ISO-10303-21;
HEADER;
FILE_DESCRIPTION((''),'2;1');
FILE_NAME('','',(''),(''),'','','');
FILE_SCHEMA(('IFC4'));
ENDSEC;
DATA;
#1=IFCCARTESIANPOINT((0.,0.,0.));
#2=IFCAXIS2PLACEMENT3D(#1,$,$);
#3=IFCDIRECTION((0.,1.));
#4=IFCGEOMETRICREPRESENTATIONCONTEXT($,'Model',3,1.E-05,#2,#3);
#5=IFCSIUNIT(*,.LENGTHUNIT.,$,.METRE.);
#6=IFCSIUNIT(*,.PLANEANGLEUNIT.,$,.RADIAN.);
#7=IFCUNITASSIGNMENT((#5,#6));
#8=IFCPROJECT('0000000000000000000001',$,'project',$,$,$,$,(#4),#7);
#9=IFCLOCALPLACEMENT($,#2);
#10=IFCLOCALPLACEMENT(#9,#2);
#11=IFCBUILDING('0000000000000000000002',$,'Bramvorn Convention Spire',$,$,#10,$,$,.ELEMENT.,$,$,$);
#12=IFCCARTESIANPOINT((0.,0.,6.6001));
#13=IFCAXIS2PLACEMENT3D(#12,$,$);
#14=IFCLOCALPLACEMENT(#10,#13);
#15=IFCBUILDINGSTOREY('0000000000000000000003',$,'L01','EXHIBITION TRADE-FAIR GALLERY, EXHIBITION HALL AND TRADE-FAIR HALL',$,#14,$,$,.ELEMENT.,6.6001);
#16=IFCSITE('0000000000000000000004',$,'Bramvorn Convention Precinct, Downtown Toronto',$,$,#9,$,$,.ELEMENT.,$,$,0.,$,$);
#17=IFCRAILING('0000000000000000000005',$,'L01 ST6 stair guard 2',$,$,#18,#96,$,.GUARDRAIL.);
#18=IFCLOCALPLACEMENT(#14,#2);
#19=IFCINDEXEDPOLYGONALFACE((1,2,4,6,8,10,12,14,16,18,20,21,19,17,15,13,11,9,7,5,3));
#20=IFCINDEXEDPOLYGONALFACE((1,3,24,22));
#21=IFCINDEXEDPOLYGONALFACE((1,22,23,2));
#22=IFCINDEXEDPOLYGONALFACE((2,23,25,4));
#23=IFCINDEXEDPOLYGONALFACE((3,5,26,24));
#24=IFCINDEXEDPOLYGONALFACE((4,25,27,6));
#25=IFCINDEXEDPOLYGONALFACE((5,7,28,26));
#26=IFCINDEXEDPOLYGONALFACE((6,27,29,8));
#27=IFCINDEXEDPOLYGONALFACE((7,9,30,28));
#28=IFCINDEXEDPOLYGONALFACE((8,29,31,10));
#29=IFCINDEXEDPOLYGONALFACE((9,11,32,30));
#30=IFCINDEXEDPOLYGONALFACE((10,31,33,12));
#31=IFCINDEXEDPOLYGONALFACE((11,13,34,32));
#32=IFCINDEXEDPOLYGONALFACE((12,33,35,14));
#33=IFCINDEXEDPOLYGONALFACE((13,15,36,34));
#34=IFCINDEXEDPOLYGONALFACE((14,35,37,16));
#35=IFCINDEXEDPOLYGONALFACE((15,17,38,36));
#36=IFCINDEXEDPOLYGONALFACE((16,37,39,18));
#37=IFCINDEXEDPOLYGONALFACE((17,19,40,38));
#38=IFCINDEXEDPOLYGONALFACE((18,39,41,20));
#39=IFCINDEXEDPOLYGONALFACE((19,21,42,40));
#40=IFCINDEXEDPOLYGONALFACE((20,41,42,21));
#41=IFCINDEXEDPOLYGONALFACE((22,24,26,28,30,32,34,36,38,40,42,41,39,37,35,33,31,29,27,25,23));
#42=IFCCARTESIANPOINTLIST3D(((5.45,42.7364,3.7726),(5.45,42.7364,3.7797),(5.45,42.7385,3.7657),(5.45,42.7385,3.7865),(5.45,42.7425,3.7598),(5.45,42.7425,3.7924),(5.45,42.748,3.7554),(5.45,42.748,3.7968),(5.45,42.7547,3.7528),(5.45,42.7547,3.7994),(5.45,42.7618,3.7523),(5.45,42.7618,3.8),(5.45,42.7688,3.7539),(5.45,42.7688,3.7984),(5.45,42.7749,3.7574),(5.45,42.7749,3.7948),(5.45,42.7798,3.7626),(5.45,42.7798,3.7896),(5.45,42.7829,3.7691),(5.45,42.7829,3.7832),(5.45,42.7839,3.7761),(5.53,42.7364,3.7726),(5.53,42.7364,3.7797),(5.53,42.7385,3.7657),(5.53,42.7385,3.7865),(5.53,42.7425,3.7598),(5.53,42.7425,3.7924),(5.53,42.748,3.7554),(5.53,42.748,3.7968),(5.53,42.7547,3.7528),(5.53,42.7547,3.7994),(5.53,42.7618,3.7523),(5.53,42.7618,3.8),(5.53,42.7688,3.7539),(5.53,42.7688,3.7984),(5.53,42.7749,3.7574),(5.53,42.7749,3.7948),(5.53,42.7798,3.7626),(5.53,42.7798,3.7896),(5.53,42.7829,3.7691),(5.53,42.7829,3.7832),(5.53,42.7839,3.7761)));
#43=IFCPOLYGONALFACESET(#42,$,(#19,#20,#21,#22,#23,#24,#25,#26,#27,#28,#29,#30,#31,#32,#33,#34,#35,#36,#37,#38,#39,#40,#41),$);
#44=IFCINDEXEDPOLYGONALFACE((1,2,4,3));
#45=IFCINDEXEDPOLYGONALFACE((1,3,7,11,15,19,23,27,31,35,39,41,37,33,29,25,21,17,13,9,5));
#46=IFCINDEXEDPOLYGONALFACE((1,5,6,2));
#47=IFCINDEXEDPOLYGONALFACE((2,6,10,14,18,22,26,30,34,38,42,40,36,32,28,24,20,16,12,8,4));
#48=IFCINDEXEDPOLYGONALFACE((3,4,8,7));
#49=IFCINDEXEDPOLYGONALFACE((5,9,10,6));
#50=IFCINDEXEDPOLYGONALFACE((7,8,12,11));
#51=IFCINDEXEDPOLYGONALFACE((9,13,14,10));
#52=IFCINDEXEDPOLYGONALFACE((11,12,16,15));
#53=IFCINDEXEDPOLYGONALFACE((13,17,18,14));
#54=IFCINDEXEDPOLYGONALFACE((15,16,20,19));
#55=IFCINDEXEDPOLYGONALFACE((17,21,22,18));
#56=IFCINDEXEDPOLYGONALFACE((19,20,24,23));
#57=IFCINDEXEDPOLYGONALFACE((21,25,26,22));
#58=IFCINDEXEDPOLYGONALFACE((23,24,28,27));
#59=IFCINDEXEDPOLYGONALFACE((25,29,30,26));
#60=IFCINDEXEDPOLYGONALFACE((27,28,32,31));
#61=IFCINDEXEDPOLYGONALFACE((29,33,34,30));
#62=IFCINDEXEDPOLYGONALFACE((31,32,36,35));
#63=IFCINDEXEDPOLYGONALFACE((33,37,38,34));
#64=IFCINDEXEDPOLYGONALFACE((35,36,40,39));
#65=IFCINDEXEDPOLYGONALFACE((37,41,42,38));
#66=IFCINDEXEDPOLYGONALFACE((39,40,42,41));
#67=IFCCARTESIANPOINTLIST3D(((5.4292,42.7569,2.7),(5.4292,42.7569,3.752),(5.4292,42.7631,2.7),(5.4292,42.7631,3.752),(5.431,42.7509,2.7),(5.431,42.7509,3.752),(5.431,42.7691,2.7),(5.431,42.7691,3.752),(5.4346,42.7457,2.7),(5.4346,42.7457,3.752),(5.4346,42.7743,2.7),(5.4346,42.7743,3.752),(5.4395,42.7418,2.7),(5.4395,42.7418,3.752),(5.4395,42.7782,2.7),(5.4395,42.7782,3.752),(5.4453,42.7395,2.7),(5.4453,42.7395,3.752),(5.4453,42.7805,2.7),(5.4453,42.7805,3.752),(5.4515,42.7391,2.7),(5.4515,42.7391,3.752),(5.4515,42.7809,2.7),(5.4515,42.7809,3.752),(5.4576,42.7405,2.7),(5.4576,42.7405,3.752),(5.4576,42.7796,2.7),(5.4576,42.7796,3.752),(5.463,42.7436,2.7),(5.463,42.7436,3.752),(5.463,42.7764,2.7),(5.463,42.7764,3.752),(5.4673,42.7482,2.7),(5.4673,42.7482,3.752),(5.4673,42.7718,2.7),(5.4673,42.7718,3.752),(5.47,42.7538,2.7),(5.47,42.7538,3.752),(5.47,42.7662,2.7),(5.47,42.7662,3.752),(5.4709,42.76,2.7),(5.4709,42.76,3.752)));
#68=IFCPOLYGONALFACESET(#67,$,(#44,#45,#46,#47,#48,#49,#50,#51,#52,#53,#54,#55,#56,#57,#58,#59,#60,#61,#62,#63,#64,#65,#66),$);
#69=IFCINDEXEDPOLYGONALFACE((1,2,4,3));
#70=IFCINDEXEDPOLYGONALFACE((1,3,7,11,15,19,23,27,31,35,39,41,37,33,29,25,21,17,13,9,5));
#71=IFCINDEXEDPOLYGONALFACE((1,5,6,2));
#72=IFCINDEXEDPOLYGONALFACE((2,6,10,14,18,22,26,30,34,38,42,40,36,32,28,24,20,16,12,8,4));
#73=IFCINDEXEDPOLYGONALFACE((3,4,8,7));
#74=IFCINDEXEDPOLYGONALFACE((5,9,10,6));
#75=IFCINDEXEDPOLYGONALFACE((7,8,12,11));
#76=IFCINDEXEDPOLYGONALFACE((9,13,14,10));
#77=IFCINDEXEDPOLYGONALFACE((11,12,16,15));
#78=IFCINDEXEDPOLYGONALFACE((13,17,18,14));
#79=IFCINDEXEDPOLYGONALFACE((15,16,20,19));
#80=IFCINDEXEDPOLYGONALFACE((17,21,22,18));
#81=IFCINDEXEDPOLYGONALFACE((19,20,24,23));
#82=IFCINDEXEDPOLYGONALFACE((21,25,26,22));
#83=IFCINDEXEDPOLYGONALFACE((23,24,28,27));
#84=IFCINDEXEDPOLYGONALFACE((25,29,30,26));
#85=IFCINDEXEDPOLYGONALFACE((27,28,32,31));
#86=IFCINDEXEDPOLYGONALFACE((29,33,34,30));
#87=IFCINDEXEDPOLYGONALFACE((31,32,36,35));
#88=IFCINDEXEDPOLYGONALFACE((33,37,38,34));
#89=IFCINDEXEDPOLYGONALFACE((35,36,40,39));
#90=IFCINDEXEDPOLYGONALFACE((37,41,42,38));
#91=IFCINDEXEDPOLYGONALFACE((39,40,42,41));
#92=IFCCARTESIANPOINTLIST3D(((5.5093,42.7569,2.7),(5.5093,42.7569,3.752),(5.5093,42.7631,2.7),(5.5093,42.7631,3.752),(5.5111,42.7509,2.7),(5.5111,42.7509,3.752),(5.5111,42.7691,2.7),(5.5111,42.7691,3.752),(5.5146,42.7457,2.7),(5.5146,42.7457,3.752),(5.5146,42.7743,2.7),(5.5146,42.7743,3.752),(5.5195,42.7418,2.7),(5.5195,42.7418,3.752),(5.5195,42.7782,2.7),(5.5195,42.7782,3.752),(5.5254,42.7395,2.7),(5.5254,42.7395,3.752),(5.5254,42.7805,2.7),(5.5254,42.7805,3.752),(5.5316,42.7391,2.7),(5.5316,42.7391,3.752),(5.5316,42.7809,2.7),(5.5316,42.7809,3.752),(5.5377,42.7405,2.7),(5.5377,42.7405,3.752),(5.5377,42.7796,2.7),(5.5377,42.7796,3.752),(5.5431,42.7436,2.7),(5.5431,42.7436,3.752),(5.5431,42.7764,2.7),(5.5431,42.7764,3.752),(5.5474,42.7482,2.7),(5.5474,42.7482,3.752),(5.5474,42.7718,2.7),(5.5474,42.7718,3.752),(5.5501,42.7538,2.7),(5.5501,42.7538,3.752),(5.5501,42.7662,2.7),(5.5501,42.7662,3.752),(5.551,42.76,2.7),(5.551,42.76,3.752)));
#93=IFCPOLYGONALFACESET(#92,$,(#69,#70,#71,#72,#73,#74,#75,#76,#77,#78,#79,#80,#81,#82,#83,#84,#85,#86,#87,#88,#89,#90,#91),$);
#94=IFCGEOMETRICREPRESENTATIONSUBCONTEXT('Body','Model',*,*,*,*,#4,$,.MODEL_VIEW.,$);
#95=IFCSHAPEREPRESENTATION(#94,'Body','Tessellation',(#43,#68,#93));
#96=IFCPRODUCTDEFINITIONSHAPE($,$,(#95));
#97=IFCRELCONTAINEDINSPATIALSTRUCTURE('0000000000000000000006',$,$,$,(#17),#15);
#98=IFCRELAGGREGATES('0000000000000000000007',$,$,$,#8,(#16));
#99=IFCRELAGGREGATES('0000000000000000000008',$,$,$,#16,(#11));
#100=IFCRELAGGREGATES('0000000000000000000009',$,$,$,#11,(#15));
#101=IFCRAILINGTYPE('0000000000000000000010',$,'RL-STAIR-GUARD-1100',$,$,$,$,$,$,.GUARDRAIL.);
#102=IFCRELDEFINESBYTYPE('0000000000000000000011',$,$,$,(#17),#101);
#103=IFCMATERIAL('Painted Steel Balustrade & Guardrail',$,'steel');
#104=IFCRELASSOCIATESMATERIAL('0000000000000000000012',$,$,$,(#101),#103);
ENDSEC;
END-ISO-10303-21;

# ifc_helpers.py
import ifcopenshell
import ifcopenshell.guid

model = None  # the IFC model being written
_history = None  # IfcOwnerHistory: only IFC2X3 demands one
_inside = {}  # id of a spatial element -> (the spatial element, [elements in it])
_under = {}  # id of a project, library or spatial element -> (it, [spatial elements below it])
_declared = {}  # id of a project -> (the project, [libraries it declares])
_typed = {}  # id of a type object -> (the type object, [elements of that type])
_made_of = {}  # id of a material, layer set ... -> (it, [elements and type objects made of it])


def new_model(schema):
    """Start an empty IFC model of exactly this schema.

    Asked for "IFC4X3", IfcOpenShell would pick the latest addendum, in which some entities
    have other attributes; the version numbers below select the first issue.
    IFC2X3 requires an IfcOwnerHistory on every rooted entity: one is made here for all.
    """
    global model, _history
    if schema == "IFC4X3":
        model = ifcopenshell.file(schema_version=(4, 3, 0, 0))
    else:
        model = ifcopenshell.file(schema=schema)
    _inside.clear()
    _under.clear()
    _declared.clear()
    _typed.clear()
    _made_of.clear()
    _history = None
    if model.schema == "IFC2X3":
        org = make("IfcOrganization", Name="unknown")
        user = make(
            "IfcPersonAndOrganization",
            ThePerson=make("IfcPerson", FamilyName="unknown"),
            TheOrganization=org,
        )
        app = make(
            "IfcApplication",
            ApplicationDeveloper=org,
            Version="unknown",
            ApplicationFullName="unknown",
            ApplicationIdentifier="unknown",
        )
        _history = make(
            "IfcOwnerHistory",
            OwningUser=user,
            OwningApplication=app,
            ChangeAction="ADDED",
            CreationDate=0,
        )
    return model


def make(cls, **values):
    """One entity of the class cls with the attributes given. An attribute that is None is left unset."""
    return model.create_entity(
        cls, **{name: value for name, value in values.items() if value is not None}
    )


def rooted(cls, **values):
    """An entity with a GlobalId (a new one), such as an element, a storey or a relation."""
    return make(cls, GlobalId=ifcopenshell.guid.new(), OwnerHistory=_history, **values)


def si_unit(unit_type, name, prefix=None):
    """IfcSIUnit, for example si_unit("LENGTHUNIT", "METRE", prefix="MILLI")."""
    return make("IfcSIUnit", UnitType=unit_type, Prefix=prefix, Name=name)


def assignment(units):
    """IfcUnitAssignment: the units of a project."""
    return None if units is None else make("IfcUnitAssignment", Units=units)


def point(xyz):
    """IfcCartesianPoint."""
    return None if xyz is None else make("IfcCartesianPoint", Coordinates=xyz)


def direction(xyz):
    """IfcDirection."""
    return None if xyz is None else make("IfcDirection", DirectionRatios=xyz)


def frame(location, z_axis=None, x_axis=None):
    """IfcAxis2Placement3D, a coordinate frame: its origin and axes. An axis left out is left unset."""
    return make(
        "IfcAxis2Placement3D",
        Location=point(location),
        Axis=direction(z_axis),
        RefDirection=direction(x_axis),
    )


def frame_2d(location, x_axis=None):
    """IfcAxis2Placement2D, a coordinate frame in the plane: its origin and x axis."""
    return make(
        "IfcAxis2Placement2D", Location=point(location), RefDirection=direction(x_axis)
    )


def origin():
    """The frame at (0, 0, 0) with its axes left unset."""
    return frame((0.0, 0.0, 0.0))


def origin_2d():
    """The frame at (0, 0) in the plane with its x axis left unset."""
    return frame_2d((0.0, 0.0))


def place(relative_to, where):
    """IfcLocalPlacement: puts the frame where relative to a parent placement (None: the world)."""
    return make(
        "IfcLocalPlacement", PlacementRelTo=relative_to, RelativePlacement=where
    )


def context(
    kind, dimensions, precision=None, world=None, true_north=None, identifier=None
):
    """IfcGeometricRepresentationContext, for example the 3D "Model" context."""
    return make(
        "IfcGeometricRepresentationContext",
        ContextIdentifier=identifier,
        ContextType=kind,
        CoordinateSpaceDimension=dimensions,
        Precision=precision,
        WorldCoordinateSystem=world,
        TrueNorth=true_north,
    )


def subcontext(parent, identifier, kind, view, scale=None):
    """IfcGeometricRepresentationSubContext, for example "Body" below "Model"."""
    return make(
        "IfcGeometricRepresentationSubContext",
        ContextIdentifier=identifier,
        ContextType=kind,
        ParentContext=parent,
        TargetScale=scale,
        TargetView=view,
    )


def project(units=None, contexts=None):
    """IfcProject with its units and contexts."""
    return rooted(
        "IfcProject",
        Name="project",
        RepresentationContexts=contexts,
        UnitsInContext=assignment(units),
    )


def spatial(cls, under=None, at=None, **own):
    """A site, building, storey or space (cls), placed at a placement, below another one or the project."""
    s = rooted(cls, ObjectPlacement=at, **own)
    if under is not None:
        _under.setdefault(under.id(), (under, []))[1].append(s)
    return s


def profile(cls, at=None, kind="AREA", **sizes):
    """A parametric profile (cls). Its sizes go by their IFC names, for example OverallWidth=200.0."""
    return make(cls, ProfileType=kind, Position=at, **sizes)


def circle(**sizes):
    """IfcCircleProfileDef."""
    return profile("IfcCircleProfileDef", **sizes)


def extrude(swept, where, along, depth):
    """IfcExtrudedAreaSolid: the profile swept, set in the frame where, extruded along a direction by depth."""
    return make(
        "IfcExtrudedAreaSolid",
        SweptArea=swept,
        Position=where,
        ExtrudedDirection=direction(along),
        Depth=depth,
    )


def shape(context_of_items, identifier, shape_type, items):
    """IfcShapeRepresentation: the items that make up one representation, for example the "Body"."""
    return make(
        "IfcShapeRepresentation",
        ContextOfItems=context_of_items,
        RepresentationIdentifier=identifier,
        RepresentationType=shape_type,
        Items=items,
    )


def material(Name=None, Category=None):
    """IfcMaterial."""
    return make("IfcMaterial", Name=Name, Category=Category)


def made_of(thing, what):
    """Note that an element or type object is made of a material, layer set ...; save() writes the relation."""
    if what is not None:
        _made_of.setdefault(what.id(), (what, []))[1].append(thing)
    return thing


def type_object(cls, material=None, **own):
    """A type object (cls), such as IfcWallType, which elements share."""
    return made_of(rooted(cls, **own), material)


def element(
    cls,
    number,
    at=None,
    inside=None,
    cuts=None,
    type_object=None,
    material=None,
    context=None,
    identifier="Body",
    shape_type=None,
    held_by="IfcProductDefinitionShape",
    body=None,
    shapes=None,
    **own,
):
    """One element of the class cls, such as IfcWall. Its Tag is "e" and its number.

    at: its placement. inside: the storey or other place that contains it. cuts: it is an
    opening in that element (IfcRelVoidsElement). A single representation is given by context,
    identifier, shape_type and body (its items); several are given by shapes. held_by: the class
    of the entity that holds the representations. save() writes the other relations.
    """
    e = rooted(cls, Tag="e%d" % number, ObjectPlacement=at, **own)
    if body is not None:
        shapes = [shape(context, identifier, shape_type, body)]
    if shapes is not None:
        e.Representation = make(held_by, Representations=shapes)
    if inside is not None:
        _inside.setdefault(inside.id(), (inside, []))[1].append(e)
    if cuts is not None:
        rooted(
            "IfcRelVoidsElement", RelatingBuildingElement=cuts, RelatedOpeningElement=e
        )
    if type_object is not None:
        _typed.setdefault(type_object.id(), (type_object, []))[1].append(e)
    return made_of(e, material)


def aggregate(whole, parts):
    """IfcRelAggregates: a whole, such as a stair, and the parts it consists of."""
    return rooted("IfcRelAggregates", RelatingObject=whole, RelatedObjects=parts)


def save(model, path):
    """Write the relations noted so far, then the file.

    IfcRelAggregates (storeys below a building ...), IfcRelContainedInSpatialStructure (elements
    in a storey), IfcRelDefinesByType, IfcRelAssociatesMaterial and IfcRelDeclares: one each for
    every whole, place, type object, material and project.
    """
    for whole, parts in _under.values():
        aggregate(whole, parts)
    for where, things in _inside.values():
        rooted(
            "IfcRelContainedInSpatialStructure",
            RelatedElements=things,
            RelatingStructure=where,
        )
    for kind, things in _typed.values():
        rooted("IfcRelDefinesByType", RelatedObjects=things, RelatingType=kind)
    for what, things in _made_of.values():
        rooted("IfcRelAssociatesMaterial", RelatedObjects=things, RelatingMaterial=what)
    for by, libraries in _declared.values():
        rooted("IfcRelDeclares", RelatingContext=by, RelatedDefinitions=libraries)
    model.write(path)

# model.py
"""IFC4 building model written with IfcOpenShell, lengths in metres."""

from ifc_helpers import new_model, si_unit, direction, frame, origin, origin_2d, place, context, subcontext, project, spatial, circle, extrude, material, type_object, element, save


model = new_model("IFC4")

# Units and contexts
model_context = context("Model", 3, precision=1e-05, world=origin(), true_north=direction((0.0, 1.0)))
body_context = subcontext(model_context, "Body", "Model", "MODEL_VIEW")
ifc_project = project(units=[si_unit("LENGTHUNIT", "METRE"), si_unit("PLANEANGLEUNIT", "RADIAN")], contexts=[model_context])

# Site, building, storey
site_placement = place(None, origin())
site = spatial("IfcSite", under=ifc_project, at=site_placement, Name="Bramvorn Convention Precinct, Downtown Toronto", CompositionType="ELEMENT", RefElevation=0.0)
building_placement = place(site_placement, origin())
building = spatial("IfcBuilding", under=site, at=building_placement, Name="Bramvorn Convention Spire", CompositionType="ELEMENT")
storey_placement = place(building_placement, frame((0.0, 0.0, 6.6001)))
storey = spatial("IfcBuildingStorey", under=building, at=storey_placement, Name="L01", Description="EXHIBITION TRADE-FAIR GALLERY, EXHIBITION HALL AND TRADE-FAIR HALL", CompositionType="ELEMENT", Elevation=6.6001)

# Railing
ifc_material_1 = material(Name="Painted Steel Balustrade & Guardrail", Category="steel")
railing_type = type_object("IfcRailingType", Name="RL-STAIR-GUARD-1100", PredefinedType="GUARDRAIL", material=ifc_material_1)
railing_1_placement = place(storey_placement, frame((5.45, 42.76, 2.7)))
element("IfcRailing", 1, at=railing_1_placement, inside=storey, type_object=railing_type, Name="L01 ST6 stair guard 2", PredefinedType="GUARDRAIL", context=body_context, shape_type="SweptSolid", body=[
    extrude(circle(Radius=0.0239, at=origin_2d()), frame((0.0, 0.0, 1.0762), z_axis=(1.0, 0.0, 0.0), x_axis=(0.0, 1.0, 0.0)), (0.0, 0.0, 1.0), 0.0801),
    extrude(circle(Radius=0.021, at=origin_2d()), origin(), (0.0, 0.0, 1.0), 1.052),
    extrude(circle(Radius=0.021, at=origin_2d()), frame((0.0801, 0.0, 0.0)), (0.0, 0.0, 1.0), 1.052),
])

save(model, "model.ifc")
